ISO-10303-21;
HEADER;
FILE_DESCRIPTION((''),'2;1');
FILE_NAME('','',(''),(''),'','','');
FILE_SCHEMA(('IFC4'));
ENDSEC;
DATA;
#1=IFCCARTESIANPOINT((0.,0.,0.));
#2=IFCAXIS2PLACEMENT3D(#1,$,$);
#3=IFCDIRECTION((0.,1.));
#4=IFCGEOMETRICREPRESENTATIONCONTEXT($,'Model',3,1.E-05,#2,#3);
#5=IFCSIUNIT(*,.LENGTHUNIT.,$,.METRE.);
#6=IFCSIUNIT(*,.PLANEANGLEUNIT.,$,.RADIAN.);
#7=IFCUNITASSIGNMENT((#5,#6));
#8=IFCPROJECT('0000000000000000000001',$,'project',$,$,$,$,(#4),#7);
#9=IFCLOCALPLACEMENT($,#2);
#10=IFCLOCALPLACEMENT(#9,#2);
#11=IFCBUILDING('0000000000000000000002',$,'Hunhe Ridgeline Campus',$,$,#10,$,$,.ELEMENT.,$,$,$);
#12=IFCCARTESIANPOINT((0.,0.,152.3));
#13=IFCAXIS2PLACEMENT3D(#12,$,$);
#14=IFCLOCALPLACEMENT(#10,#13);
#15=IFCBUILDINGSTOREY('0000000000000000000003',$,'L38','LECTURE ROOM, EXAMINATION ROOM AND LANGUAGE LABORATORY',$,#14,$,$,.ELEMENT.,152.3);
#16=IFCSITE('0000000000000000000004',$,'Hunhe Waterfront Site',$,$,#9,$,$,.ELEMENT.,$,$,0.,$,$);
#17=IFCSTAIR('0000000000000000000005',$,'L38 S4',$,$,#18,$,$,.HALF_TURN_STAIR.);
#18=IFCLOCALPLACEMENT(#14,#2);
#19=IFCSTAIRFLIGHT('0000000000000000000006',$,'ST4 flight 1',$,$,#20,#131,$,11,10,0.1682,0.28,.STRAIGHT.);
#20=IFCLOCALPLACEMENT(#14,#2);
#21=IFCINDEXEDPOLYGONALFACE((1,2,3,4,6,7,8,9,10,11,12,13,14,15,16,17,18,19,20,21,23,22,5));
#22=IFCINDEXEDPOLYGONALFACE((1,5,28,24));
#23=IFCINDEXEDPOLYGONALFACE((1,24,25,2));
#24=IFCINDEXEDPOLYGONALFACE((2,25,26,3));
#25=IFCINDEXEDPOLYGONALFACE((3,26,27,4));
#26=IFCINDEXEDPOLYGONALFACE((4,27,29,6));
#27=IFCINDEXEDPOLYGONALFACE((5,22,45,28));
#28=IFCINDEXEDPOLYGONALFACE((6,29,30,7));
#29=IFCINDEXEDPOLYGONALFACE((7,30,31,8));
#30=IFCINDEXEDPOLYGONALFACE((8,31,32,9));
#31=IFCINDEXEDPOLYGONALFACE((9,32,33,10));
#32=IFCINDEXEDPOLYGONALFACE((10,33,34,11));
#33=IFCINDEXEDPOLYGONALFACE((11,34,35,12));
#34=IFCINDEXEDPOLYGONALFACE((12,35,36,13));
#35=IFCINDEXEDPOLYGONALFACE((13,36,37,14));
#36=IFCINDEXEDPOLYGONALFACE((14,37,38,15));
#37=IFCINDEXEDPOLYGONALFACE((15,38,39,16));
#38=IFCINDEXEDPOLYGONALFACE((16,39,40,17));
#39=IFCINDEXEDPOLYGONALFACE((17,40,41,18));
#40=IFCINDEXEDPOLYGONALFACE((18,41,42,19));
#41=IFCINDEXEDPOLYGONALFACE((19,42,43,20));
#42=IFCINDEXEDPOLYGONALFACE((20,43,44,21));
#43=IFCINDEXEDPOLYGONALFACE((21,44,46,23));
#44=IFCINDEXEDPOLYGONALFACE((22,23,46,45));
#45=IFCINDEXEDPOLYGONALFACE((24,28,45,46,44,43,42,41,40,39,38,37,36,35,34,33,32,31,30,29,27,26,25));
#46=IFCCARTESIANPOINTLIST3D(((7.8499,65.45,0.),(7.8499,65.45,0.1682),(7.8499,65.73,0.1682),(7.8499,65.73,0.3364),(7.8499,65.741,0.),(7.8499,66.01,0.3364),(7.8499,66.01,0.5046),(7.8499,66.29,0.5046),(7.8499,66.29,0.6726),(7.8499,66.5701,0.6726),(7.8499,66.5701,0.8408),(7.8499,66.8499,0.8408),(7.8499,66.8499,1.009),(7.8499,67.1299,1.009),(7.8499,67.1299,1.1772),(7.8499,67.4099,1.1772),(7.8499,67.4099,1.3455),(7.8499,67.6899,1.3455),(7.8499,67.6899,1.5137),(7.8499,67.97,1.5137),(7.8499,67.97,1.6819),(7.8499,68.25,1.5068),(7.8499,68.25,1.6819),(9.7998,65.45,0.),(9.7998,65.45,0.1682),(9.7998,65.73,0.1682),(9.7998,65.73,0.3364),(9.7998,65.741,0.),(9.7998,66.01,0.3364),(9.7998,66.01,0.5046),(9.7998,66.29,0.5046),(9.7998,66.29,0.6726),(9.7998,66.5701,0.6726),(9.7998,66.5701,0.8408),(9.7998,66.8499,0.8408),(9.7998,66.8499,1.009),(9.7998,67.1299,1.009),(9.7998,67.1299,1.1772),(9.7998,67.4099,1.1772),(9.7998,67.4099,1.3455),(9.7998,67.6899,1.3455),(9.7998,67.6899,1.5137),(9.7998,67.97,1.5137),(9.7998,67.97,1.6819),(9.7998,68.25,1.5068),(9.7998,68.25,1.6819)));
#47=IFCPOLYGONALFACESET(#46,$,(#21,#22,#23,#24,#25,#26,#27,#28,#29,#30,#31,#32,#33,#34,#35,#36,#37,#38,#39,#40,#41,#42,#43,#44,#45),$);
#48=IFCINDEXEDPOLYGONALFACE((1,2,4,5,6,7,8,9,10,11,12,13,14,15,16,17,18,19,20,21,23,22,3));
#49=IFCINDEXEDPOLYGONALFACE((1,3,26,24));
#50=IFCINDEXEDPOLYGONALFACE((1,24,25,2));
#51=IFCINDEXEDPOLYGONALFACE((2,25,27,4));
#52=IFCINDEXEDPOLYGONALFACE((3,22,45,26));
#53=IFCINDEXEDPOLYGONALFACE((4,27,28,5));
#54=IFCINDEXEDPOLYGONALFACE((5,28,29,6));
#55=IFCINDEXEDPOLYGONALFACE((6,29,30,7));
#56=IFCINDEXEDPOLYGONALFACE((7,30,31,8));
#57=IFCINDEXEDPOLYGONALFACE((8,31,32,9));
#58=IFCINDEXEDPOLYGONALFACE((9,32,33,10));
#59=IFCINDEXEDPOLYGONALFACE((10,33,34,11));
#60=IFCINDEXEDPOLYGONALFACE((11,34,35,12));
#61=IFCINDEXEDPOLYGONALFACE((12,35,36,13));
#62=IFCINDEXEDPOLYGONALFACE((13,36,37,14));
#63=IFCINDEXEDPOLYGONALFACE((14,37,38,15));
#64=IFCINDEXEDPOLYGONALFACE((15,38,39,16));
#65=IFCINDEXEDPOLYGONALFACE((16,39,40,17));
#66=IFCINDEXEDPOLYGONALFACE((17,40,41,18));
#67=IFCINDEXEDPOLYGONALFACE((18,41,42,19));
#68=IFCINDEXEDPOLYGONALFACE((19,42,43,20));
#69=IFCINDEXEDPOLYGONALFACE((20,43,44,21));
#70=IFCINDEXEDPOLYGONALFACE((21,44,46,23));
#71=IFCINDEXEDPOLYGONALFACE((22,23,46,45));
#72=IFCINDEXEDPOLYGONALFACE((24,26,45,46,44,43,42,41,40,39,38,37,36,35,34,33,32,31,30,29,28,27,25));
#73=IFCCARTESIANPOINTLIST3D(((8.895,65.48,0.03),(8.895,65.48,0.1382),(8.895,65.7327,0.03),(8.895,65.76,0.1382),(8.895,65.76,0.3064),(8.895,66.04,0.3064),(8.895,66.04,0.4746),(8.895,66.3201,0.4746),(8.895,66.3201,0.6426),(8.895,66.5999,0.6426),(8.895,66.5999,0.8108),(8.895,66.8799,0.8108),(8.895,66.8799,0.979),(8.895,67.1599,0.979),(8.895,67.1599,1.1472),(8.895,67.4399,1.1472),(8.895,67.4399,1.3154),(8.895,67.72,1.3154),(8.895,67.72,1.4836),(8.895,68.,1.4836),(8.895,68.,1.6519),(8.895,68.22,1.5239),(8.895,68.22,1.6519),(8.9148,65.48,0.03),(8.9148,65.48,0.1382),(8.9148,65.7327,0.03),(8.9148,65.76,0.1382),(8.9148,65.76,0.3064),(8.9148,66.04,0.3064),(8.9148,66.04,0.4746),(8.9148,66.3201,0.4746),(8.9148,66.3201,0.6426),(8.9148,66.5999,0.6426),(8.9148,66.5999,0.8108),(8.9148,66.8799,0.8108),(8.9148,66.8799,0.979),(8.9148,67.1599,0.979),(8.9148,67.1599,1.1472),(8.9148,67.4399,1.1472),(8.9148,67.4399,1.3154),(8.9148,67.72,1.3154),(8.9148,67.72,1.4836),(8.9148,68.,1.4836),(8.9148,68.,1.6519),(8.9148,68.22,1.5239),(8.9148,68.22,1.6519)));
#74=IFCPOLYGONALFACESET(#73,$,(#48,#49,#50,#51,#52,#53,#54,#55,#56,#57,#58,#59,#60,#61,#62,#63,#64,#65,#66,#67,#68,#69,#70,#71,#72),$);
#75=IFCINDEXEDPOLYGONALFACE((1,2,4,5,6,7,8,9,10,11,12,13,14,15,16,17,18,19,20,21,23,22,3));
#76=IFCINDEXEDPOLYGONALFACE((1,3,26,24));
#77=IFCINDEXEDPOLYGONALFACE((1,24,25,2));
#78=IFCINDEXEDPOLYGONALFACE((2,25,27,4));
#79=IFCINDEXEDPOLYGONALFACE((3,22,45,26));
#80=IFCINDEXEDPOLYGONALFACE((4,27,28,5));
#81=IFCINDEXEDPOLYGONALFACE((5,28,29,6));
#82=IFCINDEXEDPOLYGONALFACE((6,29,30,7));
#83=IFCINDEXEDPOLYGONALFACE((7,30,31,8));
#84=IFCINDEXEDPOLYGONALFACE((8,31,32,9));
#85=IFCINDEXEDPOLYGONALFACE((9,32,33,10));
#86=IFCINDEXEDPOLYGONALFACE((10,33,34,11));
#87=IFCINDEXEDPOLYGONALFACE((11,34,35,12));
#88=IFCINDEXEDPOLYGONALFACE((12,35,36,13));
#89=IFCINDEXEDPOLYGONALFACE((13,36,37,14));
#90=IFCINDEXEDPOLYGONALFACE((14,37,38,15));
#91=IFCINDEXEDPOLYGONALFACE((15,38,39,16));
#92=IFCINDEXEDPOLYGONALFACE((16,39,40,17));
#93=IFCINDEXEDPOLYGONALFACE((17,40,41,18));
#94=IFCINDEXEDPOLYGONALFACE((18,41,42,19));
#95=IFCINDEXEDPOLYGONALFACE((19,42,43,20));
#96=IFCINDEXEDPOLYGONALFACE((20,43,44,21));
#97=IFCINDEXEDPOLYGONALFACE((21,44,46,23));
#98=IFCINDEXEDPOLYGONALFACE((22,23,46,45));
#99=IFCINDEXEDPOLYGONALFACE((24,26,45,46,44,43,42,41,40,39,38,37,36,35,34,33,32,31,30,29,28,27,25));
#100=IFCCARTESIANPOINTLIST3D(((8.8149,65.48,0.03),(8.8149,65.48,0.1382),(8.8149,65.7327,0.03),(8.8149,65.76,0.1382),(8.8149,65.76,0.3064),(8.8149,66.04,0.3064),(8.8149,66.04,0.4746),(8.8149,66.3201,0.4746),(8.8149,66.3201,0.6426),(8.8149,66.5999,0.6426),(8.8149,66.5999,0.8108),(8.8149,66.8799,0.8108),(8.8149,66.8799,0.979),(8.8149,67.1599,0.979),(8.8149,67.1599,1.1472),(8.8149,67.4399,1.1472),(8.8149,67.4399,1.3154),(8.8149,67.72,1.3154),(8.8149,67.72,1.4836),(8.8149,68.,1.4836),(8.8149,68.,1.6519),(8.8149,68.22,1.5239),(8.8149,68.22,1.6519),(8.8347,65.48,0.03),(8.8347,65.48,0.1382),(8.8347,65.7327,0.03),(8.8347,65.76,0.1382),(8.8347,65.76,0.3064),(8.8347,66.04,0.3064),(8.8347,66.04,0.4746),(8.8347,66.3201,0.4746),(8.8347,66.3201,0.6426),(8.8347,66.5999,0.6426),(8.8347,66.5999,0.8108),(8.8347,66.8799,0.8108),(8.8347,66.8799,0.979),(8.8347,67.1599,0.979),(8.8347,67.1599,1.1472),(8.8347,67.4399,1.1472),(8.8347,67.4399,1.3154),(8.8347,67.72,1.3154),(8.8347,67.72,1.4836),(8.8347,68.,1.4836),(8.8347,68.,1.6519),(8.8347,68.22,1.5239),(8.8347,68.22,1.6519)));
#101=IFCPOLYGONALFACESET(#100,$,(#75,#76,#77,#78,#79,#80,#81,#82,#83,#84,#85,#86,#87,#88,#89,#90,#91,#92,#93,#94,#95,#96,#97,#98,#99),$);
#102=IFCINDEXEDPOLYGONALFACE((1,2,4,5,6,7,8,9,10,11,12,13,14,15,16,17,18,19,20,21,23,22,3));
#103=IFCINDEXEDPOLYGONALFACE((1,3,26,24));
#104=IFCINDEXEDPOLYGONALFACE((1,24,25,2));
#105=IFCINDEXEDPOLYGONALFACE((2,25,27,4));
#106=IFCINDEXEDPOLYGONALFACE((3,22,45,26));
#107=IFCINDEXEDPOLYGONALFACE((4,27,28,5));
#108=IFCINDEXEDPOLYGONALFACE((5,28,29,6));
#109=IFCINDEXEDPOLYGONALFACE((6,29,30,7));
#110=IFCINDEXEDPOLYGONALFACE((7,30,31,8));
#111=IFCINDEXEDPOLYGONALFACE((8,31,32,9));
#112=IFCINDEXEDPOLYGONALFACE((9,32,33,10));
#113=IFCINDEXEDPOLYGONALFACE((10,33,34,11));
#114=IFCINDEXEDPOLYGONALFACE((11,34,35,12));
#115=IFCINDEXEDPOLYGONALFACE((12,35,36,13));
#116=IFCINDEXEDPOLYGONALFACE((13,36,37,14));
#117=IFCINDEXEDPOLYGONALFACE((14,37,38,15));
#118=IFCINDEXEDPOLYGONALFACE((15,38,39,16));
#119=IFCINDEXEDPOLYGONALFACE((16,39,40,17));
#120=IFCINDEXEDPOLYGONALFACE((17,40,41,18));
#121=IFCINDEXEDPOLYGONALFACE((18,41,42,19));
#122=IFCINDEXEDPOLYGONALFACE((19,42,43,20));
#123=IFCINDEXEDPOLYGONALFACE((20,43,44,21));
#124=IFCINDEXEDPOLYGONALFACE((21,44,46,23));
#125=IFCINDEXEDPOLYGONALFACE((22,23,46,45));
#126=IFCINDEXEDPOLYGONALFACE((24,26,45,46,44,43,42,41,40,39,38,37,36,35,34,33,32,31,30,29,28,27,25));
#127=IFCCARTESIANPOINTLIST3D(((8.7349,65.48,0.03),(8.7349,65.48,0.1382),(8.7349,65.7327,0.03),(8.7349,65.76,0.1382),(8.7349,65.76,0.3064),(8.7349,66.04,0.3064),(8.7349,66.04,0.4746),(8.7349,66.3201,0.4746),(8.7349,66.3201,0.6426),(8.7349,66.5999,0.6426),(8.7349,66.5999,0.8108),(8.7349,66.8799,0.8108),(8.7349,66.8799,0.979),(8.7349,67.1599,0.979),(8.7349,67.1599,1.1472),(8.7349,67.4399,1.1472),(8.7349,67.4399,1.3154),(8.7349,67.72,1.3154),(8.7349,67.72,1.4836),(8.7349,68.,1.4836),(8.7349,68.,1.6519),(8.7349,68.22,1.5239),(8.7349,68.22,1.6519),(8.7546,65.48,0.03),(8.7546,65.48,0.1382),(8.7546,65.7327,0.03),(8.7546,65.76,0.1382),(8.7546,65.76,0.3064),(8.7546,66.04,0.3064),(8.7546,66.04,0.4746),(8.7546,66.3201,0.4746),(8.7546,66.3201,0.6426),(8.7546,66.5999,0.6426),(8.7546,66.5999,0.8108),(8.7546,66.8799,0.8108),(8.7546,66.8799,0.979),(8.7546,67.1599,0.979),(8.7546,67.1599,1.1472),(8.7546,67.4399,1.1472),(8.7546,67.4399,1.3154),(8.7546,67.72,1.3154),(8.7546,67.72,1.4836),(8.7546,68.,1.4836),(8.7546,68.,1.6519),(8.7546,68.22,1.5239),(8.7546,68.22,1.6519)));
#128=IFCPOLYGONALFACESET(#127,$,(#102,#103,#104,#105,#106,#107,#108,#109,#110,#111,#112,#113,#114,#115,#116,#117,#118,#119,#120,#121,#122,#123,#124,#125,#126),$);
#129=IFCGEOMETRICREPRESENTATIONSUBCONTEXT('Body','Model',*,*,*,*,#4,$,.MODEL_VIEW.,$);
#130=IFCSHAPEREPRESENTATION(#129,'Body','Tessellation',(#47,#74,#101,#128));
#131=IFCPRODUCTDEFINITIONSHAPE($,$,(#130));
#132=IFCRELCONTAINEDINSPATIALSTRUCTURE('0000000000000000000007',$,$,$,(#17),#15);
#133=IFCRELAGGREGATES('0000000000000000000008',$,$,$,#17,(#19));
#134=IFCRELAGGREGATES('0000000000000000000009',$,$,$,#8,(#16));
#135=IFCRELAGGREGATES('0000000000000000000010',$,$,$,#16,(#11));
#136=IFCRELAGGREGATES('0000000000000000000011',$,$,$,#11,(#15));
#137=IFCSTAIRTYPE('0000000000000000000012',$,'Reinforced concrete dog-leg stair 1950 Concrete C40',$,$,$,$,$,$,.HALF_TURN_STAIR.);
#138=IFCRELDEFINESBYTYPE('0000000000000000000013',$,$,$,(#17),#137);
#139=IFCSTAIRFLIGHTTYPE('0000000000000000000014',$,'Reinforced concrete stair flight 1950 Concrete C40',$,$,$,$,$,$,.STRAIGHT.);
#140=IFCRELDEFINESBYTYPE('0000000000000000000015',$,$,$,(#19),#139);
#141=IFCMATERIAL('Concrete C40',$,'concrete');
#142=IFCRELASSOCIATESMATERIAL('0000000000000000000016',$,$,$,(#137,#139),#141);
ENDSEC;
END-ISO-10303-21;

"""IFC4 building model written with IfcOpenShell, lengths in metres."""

from ifc_helpers import new_model, si_unit, direction, frame, origin, place, context, subcontext, project, spatial, polyline, outline, extrude, material, type_object, element, aggregate, save


model = new_model("IFC4")

# Units and contexts
model_context = context("Model", 3, precision=1e-05, world=origin(), true_north=direction((0.0, 1.0)))
body_context = subcontext(model_context, "Body", "Model", "MODEL_VIEW")
ifc_project = project(units=[si_unit("LENGTHUNIT", "METRE"), si_unit("PLANEANGLEUNIT", "RADIAN")], contexts=[model_context])

# Site, building, storey
site_placement = place(None, origin())
site = spatial("IfcSite", under=ifc_project, at=site_placement, Name="Hunhe Waterfront Site", CompositionType="ELEMENT", RefElevation=0.0)
building_placement = place(site_placement, origin())
building = spatial("IfcBuilding", under=site, at=building_placement, Name="Hunhe Ridgeline Campus", CompositionType="ELEMENT")
storey_placement = place(building_placement, frame((0.0, 0.0, 152.3)))
storey = spatial("IfcBuildingStorey", under=building, at=storey_placement, Name="L38", Description="LECTURE ROOM, EXAMINATION ROOM AND LANGUAGE LABORATORY", CompositionType="ELEMENT", Elevation=152.3)

# Stair, stair flight
ifc_material_1 = material(Name="Concrete C40", Category="concrete")
stair_type = type_object("IfcStairType", Name="Reinforced concrete dog-leg stair 1950 Concrete C40", PredefinedType="HALF_TURN_STAIR", material=ifc_material_1)
stair_flight_type = type_object("IfcStairFlightType", Name="Reinforced concrete stair flight 1950 Concrete C40", PredefinedType="STRAIGHT", material=ifc_material_1)
stair_1_placement = place(storey_placement, origin())
stair_1 = element("IfcStair", 1, at=stair_1_placement, inside=storey, type_object=stair_type, Name="L38 S4", PredefinedType="HALF_TURN_STAIR")
stair_flight_1_placement = place(storey_placement, frame((8.825, 65.45, 0.0), z_axis=(0.0, 0.0, 1.0), x_axis=(0.0, 1.0, 0.0)))
stair_flight_1 = element("IfcStairFlight", 2, at=stair_flight_1_placement, type_object=stair_flight_type, Name="ST4 flight 1", NumberOfRisers=11, NumberOfTreads=10, PredefinedType="STRAIGHT", RiserHeight=0.1682, TreadLength=0.28, context=body_context, shape_type="SweptSolid", body=[
    extrude(outline(polyline([(0.0, 0.0), (0.0, 0.1682), (0.28, 0.1682), (0.28, 0.3364), (0.5601, 0.3364), (0.5601, 0.5046), (0.8401, 0.5046), (0.8401, 0.6726), (1.1201, 0.6726), (1.1201, 0.8408), (1.3999, 0.8408), (1.3999, 1.009), (1.6799, 1.009), (1.6799, 1.1772), (1.96, 1.1772), (1.96, 1.3455), (2.24, 1.3455), (2.24, 1.5137), (2.52, 1.5137), (2.52, 1.6819), (2.8, 1.6819), (2.8, 1.8501), (2.8, 1.5068), (0.291, 0.0), (0.0, 0.0)])), frame((0.0, 0.9751, 0.0), z_axis=(0.0, -1.0, 0.0), x_axis=(1.0, 0.0, 0.0)), (0.0, 0.0, 1.0), 1.95),
    extrude(outline(polyline([(0.03, 0.03), (0.03, 0.1382), (0.3101, 0.1382), (0.3101, 0.3064), (0.5901, 0.3064), (0.5901, 0.4746), (0.8701, 0.4746), (0.8701, 0.6426), (1.1499, 0.6426), (1.1499, 0.8108), (1.4299, 0.8108), (1.4299, 0.979), (1.71, 0.979), (1.71, 1.1472), (1.99, 1.1472), (1.99, 1.3154), (2.27, 1.3154), (2.27, 1.4836), (2.55, 1.4836), (2.55, 1.6519), (2.77, 1.6519), (2.77, 1.5239), (0.2827, 0.03), (0.03, 0.03)])), frame((0.0, -0.0701, 0.0), z_axis=(0.0, -1.0, 0.0), x_axis=(1.0, 0.0, 0.0)), (0.0, 0.0, 1.0), 0.0198),
    extrude(outline(polyline([(0.03, 0.03), (0.03, 0.1382), (0.3101, 0.1382), (0.3101, 0.3064), (0.5901, 0.3064), (0.5901, 0.4746), (0.8701, 0.4746), (0.8701, 0.6426), (1.1499, 0.6426), (1.1499, 0.8108), (1.4299, 0.8108), (1.4299, 0.979), (1.71, 0.979), (1.71, 1.1472), (1.99, 1.1472), (1.99, 1.3154), (2.27, 1.3154), (2.27, 1.4836), (2.55, 1.4836), (2.55, 1.6519), (2.77, 1.6519), (2.77, 1.5239), (0.2827, 0.03), (0.03, 0.03)])), frame((0.0, 0.01, 0.0), z_axis=(0.0, -1.0, 0.0), x_axis=(1.0, 0.0, 0.0)), (0.0, 0.0, 1.0), 0.0198),
    extrude(outline(polyline([(0.03, 0.03), (0.03, 0.1382), (0.3101, 0.1382), (0.3101, 0.3064), (0.5901, 0.3064), (0.5901, 0.4746), (0.8701, 0.4746), (0.8701, 0.6426), (1.1499, 0.6426), (1.1499, 0.8108), (1.4299, 0.8108), (1.4299, 0.979), (1.71, 0.979), (1.71, 1.1472), (1.99, 1.1472), (1.99, 1.3154), (2.27, 1.3154), (2.27, 1.4836), (2.55, 1.4836), (2.55, 1.6519), (2.77, 1.6519), (2.77, 1.5239), (0.2827, 0.03), (0.03, 0.03)])), frame((0.0, 0.0901, 0.0), z_axis=(0.0, -1.0, 0.0), x_axis=(1.0, 0.0, 0.0)), (0.0, 0.0, 1.0), 0.0198),
])
aggregate(stair_1, [stair_flight_1])

save(model, "model.ifc")
